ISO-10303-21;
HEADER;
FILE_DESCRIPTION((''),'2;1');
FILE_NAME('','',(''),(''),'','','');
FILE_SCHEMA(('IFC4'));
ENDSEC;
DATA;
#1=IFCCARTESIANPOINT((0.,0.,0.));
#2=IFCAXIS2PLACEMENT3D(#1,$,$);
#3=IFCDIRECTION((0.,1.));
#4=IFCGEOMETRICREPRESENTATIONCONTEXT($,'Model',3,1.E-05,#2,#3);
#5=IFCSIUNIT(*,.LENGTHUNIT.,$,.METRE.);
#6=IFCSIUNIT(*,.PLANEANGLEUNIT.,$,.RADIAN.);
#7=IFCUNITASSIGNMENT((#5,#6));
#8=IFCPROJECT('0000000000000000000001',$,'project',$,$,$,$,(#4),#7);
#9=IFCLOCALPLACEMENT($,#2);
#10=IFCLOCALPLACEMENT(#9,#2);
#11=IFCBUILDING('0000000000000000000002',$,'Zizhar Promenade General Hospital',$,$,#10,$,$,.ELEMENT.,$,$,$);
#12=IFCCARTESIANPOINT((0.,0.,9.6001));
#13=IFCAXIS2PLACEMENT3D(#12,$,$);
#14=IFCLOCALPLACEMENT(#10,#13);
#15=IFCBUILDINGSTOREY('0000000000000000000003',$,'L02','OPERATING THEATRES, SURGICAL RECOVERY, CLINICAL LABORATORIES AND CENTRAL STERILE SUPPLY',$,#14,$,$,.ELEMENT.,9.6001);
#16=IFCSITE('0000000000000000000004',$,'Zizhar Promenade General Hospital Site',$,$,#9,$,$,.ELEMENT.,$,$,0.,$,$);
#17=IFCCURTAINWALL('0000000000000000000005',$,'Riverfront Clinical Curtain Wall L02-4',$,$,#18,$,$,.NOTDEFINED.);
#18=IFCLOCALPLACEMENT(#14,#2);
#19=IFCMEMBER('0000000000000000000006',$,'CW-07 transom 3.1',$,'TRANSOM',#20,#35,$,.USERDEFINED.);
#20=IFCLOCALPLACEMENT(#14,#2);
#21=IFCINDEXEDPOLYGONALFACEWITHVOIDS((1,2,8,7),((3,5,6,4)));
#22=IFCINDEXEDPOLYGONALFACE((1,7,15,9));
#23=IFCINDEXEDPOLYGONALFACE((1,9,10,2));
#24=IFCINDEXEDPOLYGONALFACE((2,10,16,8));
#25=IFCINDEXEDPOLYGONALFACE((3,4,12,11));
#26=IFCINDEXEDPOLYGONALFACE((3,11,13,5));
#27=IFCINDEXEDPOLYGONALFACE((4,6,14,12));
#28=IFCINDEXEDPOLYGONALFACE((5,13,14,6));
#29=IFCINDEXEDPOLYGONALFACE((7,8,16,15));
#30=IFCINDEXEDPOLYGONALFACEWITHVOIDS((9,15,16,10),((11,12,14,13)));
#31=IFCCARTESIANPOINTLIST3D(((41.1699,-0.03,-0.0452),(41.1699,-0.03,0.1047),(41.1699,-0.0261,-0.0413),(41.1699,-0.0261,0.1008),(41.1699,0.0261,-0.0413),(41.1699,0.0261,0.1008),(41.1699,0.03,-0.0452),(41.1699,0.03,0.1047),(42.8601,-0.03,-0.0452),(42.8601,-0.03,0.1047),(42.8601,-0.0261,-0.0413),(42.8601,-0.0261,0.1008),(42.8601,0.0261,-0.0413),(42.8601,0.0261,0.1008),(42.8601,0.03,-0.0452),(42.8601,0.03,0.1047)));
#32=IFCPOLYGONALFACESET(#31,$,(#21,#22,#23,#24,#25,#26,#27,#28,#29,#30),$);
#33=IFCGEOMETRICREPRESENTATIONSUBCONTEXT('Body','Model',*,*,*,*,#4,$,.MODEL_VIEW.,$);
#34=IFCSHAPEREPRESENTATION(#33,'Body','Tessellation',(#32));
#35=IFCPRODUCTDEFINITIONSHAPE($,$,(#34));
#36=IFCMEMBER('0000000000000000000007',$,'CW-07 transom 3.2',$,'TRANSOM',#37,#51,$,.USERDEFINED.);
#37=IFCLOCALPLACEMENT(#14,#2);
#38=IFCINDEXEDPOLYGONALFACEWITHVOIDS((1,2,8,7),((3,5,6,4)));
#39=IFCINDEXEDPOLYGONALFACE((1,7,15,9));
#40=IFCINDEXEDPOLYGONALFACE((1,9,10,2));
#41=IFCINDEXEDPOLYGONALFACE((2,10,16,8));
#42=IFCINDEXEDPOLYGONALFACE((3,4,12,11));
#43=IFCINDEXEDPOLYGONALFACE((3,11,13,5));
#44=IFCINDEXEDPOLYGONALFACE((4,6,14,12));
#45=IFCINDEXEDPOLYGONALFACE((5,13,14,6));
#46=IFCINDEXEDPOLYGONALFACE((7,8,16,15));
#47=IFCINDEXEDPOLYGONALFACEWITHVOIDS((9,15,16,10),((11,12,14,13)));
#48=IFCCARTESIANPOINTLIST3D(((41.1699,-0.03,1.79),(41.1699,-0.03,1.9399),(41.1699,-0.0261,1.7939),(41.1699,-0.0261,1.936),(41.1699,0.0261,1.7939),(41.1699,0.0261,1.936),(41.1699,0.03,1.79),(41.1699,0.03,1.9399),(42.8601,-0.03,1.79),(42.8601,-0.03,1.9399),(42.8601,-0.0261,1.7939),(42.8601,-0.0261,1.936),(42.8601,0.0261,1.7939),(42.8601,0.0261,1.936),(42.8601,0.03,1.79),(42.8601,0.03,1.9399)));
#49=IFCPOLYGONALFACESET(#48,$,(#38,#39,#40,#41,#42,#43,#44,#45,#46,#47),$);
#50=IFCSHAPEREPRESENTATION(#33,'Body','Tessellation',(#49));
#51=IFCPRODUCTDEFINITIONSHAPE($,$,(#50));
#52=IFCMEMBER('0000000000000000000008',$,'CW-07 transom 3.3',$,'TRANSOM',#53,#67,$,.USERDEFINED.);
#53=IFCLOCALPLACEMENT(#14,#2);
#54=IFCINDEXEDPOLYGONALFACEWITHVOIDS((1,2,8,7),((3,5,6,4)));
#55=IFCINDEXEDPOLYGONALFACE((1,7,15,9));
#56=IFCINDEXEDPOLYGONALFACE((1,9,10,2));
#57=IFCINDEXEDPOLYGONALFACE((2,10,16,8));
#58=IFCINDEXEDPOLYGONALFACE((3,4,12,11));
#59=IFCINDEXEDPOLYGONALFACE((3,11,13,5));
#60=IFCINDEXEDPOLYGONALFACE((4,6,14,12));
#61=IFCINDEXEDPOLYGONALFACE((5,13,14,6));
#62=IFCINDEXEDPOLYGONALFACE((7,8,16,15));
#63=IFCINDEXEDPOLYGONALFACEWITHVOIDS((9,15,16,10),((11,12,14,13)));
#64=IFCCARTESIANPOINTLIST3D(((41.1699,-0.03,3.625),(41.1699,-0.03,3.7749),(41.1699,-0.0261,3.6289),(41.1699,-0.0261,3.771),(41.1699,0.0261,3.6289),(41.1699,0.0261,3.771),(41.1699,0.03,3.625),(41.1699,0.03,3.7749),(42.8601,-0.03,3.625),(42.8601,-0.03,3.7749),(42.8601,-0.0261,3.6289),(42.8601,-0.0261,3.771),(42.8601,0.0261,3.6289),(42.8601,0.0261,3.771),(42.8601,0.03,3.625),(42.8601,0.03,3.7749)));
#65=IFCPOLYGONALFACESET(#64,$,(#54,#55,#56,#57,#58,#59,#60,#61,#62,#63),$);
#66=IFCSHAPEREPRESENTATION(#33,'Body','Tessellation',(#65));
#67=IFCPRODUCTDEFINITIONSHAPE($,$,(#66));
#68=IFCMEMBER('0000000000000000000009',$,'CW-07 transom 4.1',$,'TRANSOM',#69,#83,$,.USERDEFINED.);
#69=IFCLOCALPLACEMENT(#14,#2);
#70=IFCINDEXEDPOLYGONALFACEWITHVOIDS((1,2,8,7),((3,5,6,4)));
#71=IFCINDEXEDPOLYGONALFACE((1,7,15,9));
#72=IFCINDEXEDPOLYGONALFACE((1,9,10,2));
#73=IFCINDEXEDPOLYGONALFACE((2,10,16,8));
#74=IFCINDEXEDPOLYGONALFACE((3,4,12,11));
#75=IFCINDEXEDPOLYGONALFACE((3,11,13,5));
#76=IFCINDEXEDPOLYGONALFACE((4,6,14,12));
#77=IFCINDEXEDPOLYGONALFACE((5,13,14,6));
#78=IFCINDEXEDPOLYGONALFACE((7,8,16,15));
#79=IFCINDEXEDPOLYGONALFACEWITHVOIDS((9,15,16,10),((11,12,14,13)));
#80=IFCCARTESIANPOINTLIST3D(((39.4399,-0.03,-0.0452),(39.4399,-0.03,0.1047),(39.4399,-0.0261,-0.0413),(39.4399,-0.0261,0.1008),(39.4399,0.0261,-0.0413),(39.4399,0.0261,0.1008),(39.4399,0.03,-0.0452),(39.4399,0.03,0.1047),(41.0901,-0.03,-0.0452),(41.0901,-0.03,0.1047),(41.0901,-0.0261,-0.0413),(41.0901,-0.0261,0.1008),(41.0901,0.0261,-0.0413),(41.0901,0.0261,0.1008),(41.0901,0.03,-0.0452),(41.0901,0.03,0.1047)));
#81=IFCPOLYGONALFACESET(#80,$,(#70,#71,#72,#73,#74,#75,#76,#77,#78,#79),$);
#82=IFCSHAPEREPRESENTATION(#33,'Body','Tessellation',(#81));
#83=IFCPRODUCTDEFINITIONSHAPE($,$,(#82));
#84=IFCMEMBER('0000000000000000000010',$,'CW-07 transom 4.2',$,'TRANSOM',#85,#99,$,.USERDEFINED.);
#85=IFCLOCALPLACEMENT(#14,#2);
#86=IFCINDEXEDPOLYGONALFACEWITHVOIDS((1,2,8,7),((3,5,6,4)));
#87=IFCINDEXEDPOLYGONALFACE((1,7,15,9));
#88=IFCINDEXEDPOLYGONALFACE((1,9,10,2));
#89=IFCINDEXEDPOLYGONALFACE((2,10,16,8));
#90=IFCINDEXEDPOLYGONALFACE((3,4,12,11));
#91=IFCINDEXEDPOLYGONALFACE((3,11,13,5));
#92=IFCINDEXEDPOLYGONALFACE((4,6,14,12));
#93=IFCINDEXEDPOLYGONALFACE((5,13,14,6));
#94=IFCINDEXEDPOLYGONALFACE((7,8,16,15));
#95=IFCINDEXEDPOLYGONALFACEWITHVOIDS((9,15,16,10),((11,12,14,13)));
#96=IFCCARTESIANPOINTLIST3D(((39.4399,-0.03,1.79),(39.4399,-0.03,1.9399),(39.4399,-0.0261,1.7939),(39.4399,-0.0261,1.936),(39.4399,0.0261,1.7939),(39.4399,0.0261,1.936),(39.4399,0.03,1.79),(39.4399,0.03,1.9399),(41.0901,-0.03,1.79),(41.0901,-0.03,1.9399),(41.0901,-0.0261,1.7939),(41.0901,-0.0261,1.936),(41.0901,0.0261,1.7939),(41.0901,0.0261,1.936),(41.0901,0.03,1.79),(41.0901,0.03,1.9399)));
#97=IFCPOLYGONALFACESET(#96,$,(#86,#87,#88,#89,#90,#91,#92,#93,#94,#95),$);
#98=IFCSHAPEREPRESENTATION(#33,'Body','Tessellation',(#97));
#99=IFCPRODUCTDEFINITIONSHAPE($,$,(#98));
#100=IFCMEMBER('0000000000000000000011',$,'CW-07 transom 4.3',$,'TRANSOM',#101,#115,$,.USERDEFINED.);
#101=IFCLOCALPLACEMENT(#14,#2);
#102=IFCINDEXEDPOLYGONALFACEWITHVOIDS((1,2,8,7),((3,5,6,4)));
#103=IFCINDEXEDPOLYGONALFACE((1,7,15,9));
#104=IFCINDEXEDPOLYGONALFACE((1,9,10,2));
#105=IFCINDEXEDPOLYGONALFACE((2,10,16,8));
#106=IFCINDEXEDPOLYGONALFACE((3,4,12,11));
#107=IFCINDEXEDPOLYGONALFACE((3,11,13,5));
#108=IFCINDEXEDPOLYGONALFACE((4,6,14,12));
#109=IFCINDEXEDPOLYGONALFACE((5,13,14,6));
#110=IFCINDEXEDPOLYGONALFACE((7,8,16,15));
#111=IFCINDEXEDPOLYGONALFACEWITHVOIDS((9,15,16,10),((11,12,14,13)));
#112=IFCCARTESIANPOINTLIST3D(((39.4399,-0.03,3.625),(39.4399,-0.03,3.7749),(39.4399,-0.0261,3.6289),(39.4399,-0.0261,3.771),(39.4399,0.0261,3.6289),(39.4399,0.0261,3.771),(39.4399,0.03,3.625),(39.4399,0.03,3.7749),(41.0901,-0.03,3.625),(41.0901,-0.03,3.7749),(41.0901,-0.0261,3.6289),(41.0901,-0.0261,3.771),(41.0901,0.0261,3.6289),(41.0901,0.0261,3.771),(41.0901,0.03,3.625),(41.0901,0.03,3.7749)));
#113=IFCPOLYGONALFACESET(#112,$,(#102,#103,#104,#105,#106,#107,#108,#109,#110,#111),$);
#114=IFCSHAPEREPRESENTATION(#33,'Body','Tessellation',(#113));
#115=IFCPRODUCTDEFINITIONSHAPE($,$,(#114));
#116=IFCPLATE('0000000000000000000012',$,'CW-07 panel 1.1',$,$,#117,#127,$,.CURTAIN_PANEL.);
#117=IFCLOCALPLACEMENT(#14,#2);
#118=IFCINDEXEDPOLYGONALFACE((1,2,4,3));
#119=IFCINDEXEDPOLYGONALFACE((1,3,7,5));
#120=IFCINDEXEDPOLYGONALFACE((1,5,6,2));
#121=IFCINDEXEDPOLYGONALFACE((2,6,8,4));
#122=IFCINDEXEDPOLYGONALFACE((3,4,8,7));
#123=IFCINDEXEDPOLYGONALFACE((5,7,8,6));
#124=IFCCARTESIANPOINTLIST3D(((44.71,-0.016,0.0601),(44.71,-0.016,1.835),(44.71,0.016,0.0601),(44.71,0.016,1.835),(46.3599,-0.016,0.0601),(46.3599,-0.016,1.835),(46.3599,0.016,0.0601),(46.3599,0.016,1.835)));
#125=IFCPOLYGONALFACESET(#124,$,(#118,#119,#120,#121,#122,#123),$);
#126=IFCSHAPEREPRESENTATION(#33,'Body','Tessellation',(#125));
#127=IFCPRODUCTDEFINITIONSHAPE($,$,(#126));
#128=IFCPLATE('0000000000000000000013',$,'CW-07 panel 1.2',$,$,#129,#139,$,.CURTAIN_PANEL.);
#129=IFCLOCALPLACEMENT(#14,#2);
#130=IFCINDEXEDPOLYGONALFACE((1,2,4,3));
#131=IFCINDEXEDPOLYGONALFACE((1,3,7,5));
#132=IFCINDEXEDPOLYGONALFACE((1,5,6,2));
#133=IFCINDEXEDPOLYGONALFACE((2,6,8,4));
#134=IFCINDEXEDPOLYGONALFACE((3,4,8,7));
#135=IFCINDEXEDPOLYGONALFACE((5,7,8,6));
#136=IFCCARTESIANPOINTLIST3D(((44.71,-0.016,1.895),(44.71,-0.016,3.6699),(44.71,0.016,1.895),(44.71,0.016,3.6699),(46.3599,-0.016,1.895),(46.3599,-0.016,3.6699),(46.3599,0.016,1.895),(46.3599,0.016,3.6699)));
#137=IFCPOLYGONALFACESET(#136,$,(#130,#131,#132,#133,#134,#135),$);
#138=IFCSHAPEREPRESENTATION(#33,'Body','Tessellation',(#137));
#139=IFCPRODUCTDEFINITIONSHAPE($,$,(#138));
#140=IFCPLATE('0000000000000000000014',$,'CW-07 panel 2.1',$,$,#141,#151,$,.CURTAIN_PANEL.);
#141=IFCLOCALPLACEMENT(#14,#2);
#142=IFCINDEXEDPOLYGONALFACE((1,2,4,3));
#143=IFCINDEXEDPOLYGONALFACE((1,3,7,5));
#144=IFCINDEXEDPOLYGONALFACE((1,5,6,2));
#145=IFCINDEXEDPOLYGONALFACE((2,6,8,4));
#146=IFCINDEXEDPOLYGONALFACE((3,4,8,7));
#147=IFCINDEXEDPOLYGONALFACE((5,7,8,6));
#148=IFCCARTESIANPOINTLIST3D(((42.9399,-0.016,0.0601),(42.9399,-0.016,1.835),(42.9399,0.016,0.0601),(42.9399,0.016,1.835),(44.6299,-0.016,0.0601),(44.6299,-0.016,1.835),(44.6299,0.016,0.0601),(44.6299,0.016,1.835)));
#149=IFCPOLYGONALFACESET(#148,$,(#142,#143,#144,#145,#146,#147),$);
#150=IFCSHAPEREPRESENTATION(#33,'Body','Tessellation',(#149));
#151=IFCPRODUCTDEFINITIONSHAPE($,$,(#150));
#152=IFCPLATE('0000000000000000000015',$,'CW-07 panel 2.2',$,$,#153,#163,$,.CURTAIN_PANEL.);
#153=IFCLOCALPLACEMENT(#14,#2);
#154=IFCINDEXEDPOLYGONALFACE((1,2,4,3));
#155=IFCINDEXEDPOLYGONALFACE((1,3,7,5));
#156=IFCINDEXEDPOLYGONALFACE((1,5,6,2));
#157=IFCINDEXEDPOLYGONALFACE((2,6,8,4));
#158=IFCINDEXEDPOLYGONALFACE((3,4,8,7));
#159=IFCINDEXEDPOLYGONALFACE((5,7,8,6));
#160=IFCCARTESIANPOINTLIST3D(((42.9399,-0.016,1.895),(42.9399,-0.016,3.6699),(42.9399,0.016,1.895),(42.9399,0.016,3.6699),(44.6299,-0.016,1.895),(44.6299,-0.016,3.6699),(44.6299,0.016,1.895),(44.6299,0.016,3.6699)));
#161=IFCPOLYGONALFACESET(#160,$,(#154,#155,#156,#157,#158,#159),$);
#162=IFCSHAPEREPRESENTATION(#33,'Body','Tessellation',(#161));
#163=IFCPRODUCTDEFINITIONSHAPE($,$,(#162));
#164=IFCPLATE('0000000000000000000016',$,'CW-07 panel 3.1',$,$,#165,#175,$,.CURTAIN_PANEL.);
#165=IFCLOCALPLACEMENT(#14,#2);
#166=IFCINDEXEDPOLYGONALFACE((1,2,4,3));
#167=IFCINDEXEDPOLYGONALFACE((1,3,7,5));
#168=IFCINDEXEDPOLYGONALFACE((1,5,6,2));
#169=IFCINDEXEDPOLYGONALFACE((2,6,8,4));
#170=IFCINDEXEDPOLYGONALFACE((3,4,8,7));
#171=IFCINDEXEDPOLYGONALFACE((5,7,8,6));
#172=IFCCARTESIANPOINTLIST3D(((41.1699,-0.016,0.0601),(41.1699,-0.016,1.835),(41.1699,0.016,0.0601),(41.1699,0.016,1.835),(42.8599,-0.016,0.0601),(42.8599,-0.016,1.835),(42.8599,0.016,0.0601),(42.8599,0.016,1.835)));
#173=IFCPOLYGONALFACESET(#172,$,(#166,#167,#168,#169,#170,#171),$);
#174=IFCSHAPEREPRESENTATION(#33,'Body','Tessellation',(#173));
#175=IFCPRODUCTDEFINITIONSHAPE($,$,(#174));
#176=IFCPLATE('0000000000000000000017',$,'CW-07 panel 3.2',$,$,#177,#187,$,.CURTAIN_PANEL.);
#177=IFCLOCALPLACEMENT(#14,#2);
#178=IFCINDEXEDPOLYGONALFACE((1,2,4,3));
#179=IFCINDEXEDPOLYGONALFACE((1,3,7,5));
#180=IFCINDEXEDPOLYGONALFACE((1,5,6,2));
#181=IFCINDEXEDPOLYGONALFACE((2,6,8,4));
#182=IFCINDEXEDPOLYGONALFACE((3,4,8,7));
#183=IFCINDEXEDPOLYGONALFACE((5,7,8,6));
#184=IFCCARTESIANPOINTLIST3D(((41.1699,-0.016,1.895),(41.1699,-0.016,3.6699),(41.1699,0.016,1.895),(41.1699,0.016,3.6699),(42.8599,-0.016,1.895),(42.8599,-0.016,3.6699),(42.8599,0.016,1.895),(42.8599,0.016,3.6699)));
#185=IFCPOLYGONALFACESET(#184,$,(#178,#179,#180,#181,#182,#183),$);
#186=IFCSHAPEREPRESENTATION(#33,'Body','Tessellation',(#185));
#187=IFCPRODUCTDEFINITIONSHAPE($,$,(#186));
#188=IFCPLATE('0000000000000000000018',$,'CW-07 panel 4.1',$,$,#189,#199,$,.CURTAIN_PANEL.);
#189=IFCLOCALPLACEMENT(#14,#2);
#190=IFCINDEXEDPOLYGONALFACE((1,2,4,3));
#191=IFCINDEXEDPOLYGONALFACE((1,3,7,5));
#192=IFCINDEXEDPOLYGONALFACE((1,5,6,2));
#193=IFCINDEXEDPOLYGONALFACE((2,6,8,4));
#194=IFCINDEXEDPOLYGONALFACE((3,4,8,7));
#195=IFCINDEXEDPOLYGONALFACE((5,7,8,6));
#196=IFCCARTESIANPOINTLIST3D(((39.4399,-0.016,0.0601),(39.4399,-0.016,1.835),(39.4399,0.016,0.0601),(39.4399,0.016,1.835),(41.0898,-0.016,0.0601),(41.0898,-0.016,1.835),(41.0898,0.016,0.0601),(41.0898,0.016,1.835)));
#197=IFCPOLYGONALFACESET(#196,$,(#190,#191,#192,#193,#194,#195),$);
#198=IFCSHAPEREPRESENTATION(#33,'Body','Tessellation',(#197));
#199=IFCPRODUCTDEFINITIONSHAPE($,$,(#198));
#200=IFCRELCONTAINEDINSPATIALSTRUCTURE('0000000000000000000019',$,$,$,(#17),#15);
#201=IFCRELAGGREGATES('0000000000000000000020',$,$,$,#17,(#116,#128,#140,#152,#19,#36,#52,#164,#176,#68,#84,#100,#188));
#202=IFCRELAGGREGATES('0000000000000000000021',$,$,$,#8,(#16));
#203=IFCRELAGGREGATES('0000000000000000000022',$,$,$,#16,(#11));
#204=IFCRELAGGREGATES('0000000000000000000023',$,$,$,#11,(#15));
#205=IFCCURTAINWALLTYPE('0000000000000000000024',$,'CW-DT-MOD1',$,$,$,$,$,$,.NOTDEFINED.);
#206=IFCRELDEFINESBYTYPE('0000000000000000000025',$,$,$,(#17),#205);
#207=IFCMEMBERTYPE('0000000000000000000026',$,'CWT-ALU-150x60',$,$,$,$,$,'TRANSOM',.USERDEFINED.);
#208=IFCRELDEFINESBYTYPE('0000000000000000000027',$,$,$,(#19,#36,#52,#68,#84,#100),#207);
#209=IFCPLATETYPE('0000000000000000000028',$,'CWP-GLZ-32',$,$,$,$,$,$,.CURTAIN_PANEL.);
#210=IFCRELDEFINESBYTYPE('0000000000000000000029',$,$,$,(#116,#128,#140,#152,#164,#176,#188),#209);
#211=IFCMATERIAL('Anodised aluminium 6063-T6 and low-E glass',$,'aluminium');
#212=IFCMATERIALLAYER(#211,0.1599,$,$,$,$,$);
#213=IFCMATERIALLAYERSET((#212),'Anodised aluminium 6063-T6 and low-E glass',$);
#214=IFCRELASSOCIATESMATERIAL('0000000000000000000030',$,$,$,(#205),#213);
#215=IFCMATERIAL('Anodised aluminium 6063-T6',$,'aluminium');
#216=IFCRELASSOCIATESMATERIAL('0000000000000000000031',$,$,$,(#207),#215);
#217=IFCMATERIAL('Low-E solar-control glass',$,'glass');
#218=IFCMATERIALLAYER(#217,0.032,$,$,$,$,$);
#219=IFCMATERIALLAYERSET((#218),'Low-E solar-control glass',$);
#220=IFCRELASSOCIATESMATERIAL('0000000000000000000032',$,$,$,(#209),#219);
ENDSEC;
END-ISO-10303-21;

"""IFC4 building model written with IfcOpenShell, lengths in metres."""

from ifc_helpers import new_model, si_unit, direction, frame, origin, origin_2d, place, context, subcontext, project, spatial, rectangle, hollow_rectangle, extrude, material, layer, layer_set, material_profile, profile_set, type_object, element, aggregate, save


model = new_model("IFC4")

# Units and contexts
model_context = context("Model", 3, precision=1e-05, world=origin(), true_north=direction((0.0, 1.0)))
body_context = subcontext(model_context, "Body", "Model", "MODEL_VIEW")
ifc_project = project(units=[si_unit("LENGTHUNIT", "METRE"), si_unit("PLANEANGLEUNIT", "RADIAN")], contexts=[model_context])

# Site, building, storey
site_placement = place(None, origin())
site = spatial("IfcSite", under=ifc_project, at=site_placement, Name="Zizhar Promenade General Hospital Site", CompositionType="ELEMENT", RefElevation=0.0)
building_placement = place(site_placement, origin())
building = spatial("IfcBuilding", under=site, at=building_placement, Name="Zizhar Promenade General Hospital", CompositionType="ELEMENT")
storey_placement = place(building_placement, frame((0.0, 0.0, 9.6001)))
storey = spatial("IfcBuildingStorey", under=building, at=storey_placement, Name="L02", Description="OPERATING THEATRES, SURGICAL RECOVERY, CLINICAL LABORATORIES AND CENTRAL STERILE SUPPLY", CompositionType="ELEMENT", Elevation=9.6001)

# Curtain wall, members, plates
ifc_material_1 = material(Name="Anodised aluminium 6063-T6 and low-E glass", Category="aluminium")
ifc_layer_1 = layer(ifc_material_1, 0.1599)
ifc_layer_set_1 = layer_set([ifc_layer_1], Name="Anodised aluminium 6063-T6 and low-E glass")
curtain_wall_type = type_object("IfcCurtainWallType", Name="CW-DT-MOD1", PredefinedType="NOTDEFINED", material=ifc_layer_set_1)
curtain_wall_placement = place(storey_placement, origin())
curtain_wall = element("IfcCurtainWall", 1, at=curtain_wall_placement, inside=storey, type_object=curtain_wall_type, Name="Riverfront Clinical Curtain Wall L02-4", PredefinedType="NOTDEFINED")
ifc_material_2 = material(Name="Anodised aluminium 6063-T6", Category="aluminium")
ifc_material_profile_1 = material_profile(ifc_material_2, hollow_rectangle(XDim=0.0601, YDim=0.1499, WallThickness=0.0039, at=origin_2d()))
ifc_profile_set_1 = profile_set([ifc_material_profile_1], Name="Anodised aluminium 6063-T6")
member_type_1 = type_object("IfcMemberType", Name="CWT-ALU-150x60", ElementType="TRANSOM", PredefinedType="USERDEFINED", material=ifc_profile_set_1)
member_1_placement = place(storey_placement, frame((42.8601, 0.0, 0.0298), z_axis=(-1.0, 0.0, 0.0), x_axis=(0.0, -1.0, 0.0)))
member_1 = element("IfcMember", 2, at=member_1_placement, type_object=member_type_1, Name="CW-07 transom 3.1", ObjectType="TRANSOM", PredefinedType="USERDEFINED", context=body_context, shape_type="SweptSolid", body=[
    extrude(hollow_rectangle(XDim=0.0601, YDim=0.1499, WallThickness=0.0039, at=origin_2d()), origin(), (0.0, 0.0, 1.0), 1.6902),
])
member_2_placement = place(storey_placement, frame((42.8601, 0.0, 1.865), z_axis=(-1.0, 0.0, 0.0), x_axis=(0.0, -1.0, 0.0)))
member_2 = element("IfcMember", 3, at=member_2_placement, type_object=member_type_1, Name="CW-07 transom 3.2", ObjectType="TRANSOM", PredefinedType="USERDEFINED", context=body_context, shape_type="SweptSolid", body=[
    extrude(hollow_rectangle(XDim=0.0601, YDim=0.1499, WallThickness=0.0039, at=origin_2d()), origin(), (0.0, 0.0, 1.0), 1.6902),
])
member_3_placement = place(storey_placement, frame((42.8601, 0.0, 3.7), z_axis=(-1.0, 0.0, 0.0), x_axis=(0.0, -1.0, 0.0)))
member_3 = element("IfcMember", 4, at=member_3_placement, type_object=member_type_1, Name="CW-07 transom 3.3", ObjectType="TRANSOM", PredefinedType="USERDEFINED", context=body_context, shape_type="SweptSolid", body=[
    extrude(hollow_rectangle(XDim=0.0601, YDim=0.1499, WallThickness=0.0039, at=origin_2d()), origin(), (0.0, 0.0, 1.0), 1.6902),
])
member_4_placement = place(storey_placement, frame((41.0901, 0.0, 0.0298), z_axis=(-1.0, 0.0, 0.0), x_axis=(0.0, -1.0, 0.0)))
member_4 = element("IfcMember", 5, at=member_4_placement, type_object=member_type_1, Name="CW-07 transom 4.1", ObjectType="TRANSOM", PredefinedType="USERDEFINED", context=body_context, shape_type="SweptSolid", body=[
    extrude(hollow_rectangle(XDim=0.0601, YDim=0.1499, WallThickness=0.0039, at=origin_2d()), origin(), (0.0, 0.0, 1.0), 1.6501),
])
member_5_placement = place(storey_placement, frame((41.0901, 0.0, 1.865), z_axis=(-1.0, 0.0, 0.0), x_axis=(0.0, -1.0, 0.0)))
member_5 = element("IfcMember", 6, at=member_5_placement, type_object=member_type_1, Name="CW-07 transom 4.2", ObjectType="TRANSOM", PredefinedType="USERDEFINED", context=body_context, shape_type="SweptSolid", body=[
    extrude(hollow_rectangle(XDim=0.0601, YDim=0.1499, WallThickness=0.0039, at=origin_2d()), origin(), (0.0, 0.0, 1.0), 1.6501),
])
member_6_placement = place(storey_placement, frame((41.0901, 0.0, 3.7), z_axis=(-1.0, 0.0, 0.0), x_axis=(0.0, -1.0, 0.0)))
member_6 = element("IfcMember", 7, at=member_6_placement, type_object=member_type_1, Name="CW-07 transom 4.3", ObjectType="TRANSOM", PredefinedType="USERDEFINED", context=body_context, shape_type="SweptSolid", body=[
    extrude(hollow_rectangle(XDim=0.0601, YDim=0.1499, WallThickness=0.0039, at=origin_2d()), origin(), (0.0, 0.0, 1.0), 1.6501),
])
ifc_material_3 = material(Name="Low-E solar-control glass", Category="glass")
ifc_layer_2 = layer(ifc_material_3, 0.032)
ifc_layer_set_2 = layer_set([ifc_layer_2], Name="Low-E solar-control glass")
plate_type = type_object("IfcPlateType", Name="CWP-GLZ-32", PredefinedType="CURTAIN_PANEL", material=ifc_layer_set_2)
plate_1_placement = place(storey_placement, frame((45.5349, 0.0, 0.0601), z_axis=(0.0, 0.0, 1.0), x_axis=(-1.0, 0.0, 0.0)))
plate_1 = element("IfcPlate", 8, at=plate_1_placement, type_object=plate_type, Name="CW-07 panel 1.1", PredefinedType="CURTAIN_PANEL", context=body_context, shape_type="SweptSolid", body=[
    extrude(rectangle(XDim=1.6499, YDim=0.032, at=origin_2d()), origin(), (0.0, 0.0, 1.0), 1.7749),
])
plate_2_placement = place(storey_placement, frame((45.5349, 0.0, 1.895), z_axis=(0.0, 0.0, 1.0), x_axis=(-1.0, 0.0, 0.0)))
plate_2 = element("IfcPlate", 9, at=plate_2_placement, type_object=plate_type, Name="CW-07 panel 1.2", PredefinedType="CURTAIN_PANEL", context=body_context, shape_type="SweptSolid", body=[
    extrude(rectangle(XDim=1.6499, YDim=0.032, at=origin_2d()), origin(), (0.0, 0.0, 1.0), 1.7749),
])
plate_3_placement = place(storey_placement, frame((43.7849, 0.0, 0.0601), z_axis=(0.0, 0.0, 1.0), x_axis=(-1.0, 0.0, 0.0)))
plate_3 = element("IfcPlate", 10, at=plate_3_placement, type_object=plate_type, Name="CW-07 panel 2.1", PredefinedType="CURTAIN_PANEL", context=body_context, shape_type="SweptSolid", body=[
    extrude(rectangle(XDim=1.6899, YDim=0.032, at=origin_2d()), origin(), (0.0, 0.0, 1.0), 1.7749),
])
plate_4_placement = place(storey_placement, frame((43.7849, 0.0, 1.895), z_axis=(0.0, 0.0, 1.0), x_axis=(-1.0, 0.0, 0.0)))
plate_4 = element("IfcPlate", 11, at=plate_4_placement, type_object=plate_type, Name="CW-07 panel 2.2", PredefinedType="CURTAIN_PANEL", context=body_context, shape_type="SweptSolid", body=[
    extrude(rectangle(XDim=1.6899, YDim=0.032, at=origin_2d()), origin(), (0.0, 0.0, 1.0), 1.7749),
])
plate_5_placement = place(storey_placement, frame((42.0149, 0.0, 0.0601), z_axis=(0.0, 0.0, 1.0), x_axis=(-1.0, 0.0, 0.0)))
plate_5 = element("IfcPlate", 12, at=plate_5_placement, type_object=plate_type, Name="CW-07 panel 3.1", PredefinedType="CURTAIN_PANEL", context=body_context, shape_type="SweptSolid", body=[
    extrude(rectangle(XDim=1.6899, YDim=0.032, at=origin_2d()), origin(), (0.0, 0.0, 1.0), 1.7749),
])
plate_6_placement = place(storey_placement, frame((42.0149, 0.0, 1.895), z_axis=(0.0, 0.0, 1.0), x_axis=(-1.0, 0.0, 0.0)))
plate_6 = element("IfcPlate", 13, at=plate_6_placement, type_object=plate_type, Name="CW-07 panel 3.2", PredefinedType="CURTAIN_PANEL", context=body_context, shape_type="SweptSolid", body=[
    extrude(rectangle(XDim=1.6899, YDim=0.032, at=origin_2d()), origin(), (0.0, 0.0, 1.0), 1.7749),
])
plate_7_placement = place(storey_placement, frame((40.2649, 0.0, 0.0601), z_axis=(0.0, 0.0, 1.0), x_axis=(-1.0, 0.0, 0.0)))
plate_7 = element("IfcPlate", 14, at=plate_7_placement, type_object=plate_type, Name="CW-07 panel 4.1", PredefinedType="CURTAIN_PANEL", context=body_context, shape_type="SweptSolid", body=[
    extrude(rectangle(XDim=1.6499, YDim=0.032, at=origin_2d()), origin(), (0.0, 0.0, 1.0), 1.7749),
])
aggregate(curtain_wall, [plate_1, plate_2, plate_3, plate_4, member_1, member_2, member_3, plate_5, plate_6, member_4, member_5, member_6, plate_7])

save(model, "model.ifc")
